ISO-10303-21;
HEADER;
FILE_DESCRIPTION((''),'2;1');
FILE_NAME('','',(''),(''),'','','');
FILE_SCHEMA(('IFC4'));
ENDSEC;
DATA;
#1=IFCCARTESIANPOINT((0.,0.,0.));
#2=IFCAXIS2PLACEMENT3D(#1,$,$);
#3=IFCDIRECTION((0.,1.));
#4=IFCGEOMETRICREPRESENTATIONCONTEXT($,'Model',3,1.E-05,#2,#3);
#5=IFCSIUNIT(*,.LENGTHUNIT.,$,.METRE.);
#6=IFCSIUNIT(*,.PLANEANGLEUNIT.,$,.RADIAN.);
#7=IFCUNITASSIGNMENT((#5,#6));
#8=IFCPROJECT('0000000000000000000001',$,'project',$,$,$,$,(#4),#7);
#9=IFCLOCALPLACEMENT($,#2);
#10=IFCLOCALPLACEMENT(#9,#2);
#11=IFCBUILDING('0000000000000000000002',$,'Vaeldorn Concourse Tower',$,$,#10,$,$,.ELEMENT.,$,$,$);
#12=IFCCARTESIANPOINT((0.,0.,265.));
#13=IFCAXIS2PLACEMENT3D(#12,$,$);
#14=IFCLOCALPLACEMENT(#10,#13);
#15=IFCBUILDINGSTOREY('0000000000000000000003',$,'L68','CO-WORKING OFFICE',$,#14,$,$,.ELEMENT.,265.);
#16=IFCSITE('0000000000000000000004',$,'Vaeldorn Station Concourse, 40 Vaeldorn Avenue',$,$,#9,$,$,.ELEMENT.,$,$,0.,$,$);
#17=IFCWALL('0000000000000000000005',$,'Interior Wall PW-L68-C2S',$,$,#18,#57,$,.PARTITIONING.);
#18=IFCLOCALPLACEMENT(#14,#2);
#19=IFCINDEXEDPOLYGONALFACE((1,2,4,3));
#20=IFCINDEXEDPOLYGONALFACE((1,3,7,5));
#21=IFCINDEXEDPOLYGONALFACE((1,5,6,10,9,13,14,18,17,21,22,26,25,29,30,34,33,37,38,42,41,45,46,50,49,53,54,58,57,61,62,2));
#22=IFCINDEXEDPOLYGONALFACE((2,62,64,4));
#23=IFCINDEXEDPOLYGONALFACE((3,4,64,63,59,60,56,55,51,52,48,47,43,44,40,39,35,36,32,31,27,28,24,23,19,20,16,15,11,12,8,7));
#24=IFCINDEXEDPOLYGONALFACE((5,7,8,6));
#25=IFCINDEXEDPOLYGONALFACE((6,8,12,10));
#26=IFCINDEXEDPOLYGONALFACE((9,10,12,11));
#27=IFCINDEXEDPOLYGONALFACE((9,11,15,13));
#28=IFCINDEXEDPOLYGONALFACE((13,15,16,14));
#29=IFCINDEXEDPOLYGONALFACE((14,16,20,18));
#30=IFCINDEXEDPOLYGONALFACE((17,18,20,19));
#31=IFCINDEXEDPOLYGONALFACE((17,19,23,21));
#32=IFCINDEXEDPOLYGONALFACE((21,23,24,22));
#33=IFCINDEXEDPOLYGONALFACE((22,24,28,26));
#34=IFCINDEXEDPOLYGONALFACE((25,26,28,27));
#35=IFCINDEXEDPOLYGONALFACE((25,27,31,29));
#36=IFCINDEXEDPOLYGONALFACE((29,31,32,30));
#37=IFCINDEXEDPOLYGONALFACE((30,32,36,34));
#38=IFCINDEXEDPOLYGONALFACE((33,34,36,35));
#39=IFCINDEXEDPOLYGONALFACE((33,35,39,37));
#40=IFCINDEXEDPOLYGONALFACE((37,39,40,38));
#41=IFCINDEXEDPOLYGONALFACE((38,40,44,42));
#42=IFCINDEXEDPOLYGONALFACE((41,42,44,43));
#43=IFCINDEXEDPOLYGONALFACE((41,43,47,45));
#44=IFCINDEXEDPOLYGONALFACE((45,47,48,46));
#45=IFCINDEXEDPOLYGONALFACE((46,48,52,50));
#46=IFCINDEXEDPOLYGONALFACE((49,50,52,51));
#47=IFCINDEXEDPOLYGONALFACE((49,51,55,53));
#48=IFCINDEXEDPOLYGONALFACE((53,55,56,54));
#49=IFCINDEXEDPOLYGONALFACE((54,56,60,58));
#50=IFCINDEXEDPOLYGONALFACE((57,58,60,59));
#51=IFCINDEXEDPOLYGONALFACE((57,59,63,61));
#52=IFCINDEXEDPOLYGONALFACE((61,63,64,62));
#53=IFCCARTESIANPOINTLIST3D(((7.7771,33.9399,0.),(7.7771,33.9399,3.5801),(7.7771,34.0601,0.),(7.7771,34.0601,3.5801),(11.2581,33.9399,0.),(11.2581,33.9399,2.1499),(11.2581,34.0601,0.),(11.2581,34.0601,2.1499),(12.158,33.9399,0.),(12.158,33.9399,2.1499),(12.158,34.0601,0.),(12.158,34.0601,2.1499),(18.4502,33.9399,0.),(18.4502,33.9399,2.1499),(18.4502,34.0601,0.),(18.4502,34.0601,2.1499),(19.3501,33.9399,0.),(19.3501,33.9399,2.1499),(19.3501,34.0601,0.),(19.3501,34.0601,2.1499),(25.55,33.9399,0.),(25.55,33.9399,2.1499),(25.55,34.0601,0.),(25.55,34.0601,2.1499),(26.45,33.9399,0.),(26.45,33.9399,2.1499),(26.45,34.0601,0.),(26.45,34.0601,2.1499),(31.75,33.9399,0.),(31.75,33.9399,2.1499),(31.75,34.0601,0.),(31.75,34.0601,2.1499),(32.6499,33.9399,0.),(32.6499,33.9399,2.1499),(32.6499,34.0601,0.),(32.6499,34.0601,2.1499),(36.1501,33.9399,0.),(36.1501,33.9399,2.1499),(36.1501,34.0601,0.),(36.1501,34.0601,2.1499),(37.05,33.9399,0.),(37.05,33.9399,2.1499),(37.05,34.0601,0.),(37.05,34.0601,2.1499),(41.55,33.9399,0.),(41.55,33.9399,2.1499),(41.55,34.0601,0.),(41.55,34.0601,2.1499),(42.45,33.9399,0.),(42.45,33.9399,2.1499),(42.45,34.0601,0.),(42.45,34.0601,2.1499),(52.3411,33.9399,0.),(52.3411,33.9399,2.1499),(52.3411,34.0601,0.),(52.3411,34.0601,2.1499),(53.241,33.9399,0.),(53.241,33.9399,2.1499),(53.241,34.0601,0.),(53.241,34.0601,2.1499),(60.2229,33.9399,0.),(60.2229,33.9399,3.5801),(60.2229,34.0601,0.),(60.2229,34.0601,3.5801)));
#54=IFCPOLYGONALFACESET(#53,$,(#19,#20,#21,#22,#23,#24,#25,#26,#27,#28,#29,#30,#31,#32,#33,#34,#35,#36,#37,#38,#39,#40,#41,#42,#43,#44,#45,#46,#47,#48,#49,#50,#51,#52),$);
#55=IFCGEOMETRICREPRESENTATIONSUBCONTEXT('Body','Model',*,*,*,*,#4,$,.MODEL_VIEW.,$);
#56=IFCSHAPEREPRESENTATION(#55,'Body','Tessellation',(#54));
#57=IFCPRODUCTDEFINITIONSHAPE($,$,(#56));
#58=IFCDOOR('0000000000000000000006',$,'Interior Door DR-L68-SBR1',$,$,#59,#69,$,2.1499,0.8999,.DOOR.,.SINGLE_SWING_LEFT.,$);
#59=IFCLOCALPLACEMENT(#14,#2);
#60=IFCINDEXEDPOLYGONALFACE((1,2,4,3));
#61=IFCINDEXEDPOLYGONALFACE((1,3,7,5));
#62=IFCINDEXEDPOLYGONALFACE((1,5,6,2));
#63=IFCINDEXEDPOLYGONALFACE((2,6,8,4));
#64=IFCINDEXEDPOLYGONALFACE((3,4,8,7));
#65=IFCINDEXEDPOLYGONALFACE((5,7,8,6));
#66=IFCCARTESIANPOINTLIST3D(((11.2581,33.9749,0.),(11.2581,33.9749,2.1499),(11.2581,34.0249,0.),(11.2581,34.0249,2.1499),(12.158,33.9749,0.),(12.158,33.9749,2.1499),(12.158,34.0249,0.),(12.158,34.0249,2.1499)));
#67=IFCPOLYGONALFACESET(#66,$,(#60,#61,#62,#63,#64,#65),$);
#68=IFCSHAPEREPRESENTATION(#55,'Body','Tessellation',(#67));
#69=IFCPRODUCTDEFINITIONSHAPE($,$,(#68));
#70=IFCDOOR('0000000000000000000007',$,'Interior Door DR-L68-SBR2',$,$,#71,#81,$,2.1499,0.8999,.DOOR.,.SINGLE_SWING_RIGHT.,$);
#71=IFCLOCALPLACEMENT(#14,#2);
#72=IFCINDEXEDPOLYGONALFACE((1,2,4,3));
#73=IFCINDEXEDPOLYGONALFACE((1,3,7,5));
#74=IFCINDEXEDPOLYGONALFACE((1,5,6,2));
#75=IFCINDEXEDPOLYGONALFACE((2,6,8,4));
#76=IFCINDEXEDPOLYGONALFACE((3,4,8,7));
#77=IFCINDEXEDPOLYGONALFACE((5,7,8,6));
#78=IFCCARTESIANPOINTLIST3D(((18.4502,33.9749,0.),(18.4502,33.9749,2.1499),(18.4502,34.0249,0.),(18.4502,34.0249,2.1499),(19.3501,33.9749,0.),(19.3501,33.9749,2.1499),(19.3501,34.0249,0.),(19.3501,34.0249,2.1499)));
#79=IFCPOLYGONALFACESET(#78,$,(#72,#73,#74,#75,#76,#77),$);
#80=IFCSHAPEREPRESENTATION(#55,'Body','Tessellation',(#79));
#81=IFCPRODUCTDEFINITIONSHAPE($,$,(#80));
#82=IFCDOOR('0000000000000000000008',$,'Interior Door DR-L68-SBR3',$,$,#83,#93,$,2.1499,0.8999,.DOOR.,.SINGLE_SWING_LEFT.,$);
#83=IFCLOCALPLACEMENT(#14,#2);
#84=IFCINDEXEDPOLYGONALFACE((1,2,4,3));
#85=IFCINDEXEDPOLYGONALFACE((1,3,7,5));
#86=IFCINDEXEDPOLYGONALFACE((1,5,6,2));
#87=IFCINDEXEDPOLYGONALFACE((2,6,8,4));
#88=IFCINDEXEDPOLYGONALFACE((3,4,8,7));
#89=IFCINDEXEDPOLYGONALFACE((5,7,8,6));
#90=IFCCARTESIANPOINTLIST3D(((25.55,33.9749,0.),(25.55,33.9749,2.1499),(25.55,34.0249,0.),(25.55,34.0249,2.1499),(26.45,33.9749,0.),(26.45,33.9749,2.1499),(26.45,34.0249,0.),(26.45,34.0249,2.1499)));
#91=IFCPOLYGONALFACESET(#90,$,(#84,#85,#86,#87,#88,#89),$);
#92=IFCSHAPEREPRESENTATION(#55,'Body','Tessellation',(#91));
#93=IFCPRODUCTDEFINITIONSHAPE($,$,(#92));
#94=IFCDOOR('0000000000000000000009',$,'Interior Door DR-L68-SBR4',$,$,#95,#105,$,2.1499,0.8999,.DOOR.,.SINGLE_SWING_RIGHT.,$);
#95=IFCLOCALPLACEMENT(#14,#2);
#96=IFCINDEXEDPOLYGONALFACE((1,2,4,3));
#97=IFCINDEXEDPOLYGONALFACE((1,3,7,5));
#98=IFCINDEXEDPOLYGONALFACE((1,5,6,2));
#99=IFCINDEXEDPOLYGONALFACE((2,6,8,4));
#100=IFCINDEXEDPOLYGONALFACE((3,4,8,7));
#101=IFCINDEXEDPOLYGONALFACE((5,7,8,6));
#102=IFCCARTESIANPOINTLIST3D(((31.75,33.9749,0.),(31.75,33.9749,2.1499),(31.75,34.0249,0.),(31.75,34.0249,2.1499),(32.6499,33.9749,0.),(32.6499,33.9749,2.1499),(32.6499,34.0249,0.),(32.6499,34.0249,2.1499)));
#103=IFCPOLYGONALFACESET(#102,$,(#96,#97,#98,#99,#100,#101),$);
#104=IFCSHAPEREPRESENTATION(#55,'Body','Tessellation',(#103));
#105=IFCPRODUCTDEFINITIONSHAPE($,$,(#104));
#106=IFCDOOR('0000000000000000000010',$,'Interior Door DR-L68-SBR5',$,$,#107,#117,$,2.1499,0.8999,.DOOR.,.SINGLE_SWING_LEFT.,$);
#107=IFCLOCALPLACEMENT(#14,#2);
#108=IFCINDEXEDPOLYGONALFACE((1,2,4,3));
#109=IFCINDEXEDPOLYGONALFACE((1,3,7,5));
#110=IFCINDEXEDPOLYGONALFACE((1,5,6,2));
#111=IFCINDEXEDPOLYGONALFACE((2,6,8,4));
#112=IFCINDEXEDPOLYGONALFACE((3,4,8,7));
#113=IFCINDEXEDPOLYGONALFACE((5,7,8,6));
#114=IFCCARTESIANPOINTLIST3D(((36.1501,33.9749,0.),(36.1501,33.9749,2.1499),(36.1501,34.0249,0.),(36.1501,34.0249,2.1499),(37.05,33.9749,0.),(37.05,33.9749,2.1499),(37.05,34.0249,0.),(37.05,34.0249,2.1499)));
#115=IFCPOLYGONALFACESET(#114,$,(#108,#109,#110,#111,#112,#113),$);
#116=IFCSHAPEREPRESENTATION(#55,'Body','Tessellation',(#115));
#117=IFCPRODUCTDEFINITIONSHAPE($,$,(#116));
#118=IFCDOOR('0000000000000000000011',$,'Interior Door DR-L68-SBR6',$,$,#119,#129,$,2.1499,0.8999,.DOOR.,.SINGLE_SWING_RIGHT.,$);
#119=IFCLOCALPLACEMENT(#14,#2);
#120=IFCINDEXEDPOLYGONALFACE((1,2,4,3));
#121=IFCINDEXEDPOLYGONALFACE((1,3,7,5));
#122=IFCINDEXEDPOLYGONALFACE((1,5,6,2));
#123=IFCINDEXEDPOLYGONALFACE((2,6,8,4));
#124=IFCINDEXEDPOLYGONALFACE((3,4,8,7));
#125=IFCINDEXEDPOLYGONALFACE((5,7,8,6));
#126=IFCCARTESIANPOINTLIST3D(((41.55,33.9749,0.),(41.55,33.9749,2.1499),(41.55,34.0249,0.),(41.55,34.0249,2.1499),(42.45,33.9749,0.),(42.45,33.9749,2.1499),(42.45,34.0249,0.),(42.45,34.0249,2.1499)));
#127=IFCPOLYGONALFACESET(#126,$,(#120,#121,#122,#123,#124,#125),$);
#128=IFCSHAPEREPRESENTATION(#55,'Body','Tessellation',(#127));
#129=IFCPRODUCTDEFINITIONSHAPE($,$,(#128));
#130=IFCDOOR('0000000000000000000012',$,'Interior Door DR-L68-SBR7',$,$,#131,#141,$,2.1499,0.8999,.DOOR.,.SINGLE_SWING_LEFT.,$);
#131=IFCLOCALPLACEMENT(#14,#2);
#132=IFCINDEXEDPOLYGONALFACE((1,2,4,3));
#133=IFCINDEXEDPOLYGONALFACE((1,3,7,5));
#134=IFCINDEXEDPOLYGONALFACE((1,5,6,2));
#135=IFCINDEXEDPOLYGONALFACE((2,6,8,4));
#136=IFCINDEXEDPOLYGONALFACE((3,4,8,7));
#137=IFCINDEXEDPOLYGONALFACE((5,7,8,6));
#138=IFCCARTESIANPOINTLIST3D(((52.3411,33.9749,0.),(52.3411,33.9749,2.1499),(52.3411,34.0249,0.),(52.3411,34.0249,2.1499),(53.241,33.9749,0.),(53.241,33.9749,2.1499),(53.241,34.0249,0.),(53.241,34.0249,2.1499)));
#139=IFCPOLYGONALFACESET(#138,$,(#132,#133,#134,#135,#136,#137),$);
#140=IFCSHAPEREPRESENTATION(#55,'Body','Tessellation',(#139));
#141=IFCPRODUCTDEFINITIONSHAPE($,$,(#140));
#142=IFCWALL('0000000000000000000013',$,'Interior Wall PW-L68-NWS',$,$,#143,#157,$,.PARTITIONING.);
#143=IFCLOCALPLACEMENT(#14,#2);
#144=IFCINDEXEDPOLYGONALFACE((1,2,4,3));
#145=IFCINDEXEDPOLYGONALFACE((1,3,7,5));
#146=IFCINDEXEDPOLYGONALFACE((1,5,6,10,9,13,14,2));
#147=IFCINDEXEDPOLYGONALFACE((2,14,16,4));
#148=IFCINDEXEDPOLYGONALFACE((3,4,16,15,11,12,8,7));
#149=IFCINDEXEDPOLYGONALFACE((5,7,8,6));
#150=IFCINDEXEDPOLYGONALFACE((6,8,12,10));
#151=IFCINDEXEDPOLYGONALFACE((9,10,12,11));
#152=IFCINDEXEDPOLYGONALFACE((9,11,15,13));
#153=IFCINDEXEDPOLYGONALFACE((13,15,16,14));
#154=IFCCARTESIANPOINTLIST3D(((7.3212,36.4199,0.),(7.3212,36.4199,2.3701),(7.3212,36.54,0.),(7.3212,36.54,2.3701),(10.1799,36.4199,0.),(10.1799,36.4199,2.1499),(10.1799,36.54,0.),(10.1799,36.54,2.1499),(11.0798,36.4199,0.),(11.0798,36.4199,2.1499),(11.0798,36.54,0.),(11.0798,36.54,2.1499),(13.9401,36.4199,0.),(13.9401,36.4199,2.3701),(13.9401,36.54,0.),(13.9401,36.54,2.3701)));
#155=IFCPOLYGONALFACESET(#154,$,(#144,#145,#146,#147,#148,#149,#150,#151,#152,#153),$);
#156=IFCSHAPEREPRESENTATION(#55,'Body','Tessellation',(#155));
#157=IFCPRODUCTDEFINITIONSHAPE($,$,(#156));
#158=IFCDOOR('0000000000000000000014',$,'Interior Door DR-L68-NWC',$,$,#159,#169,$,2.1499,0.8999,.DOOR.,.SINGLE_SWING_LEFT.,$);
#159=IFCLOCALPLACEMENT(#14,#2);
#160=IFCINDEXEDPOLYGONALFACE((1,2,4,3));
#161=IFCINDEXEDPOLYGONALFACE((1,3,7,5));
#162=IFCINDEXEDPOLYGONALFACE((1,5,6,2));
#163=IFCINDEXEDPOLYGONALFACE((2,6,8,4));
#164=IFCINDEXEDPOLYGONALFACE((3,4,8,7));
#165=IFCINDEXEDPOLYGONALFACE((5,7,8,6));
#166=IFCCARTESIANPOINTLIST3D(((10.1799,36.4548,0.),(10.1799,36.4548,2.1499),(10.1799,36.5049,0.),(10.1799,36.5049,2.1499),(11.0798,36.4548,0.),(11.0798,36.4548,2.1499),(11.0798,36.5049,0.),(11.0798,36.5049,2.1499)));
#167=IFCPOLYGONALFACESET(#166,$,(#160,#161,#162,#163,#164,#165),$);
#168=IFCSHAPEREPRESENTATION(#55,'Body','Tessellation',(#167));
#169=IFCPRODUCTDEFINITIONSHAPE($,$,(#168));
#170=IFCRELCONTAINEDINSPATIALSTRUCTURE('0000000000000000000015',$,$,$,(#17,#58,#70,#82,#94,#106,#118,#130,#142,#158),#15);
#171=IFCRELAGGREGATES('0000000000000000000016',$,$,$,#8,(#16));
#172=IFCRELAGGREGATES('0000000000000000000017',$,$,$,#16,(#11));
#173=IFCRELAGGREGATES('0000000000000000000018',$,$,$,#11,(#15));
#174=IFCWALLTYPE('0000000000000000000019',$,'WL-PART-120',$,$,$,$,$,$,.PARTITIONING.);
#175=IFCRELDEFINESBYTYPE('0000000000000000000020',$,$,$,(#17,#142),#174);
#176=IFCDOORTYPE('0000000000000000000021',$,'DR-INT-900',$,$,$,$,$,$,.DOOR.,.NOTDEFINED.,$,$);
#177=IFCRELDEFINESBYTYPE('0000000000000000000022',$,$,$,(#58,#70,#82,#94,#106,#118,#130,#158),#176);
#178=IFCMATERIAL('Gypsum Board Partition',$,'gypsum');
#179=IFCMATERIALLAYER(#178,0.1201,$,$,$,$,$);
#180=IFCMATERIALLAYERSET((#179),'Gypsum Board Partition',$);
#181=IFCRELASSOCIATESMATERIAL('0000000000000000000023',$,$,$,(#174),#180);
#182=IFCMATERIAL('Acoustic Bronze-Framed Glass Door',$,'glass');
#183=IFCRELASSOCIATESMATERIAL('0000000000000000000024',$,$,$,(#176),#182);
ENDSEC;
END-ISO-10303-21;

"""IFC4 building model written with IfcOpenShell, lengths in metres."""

from ifc_helpers import new_model, si_unit, direction, frame, frame_2d, origin, place, context, subcontext, project, spatial, rectangle, extrude, source, transform, mapped, material, layer, layer_set, type_object, element, fill, save


model = new_model("IFC4")

# Units and contexts
model_context = context("Model", 3, precision=1e-05, world=origin(), true_north=direction((0.0, 1.0)))
body_context = subcontext(model_context, "Body", "Model", "MODEL_VIEW")
ifc_project = project(units=[si_unit("LENGTHUNIT", "METRE"), si_unit("PLANEANGLEUNIT", "RADIAN")], contexts=[model_context])

# Site, building, storey
site_placement = place(None, origin())
site = spatial("IfcSite", under=ifc_project, at=site_placement, Name="Vaeldorn Station Concourse, 40 Vaeldorn Avenue", CompositionType="ELEMENT", RefElevation=0.0)
building_placement = place(site_placement, origin())
building = spatial("IfcBuilding", under=site, at=building_placement, Name="Vaeldorn Concourse Tower", CompositionType="ELEMENT")
storey_placement = place(building_placement, frame((0.0, 0.0, 265.0)))
storey = spatial("IfcBuildingStorey", under=building, at=storey_placement, Name="L68", Description="CO-WORKING OFFICE", CompositionType="ELEMENT", Elevation=265.0)

# Wall, openings, doors
ifc_material_1 = material(Name="Gypsum Board Partition", Category="gypsum")
ifc_layer_1 = layer(ifc_material_1, 0.1201)
ifc_layer_set_1 = layer_set([ifc_layer_1], Name="Gypsum Board Partition")
wall_type_1 = type_object("IfcWallType", Name="WL-PART-120", PredefinedType="PARTITIONING", material=ifc_layer_set_1)
wall_1_placement = place(storey_placement, frame((7.7771, 34.0, 0.0), z_axis=(0.0, 0.0, 1.0), x_axis=(1.0, 0.0, 0.0)))
wall_1 = element("IfcWall", 1, at=wall_1_placement, inside=storey, type_object=wall_type_1, Name="Interior Wall PW-L68-C2S", PredefinedType="PARTITIONING", context=body_context, shape_type="SweptSolid", body=[
    extrude(rectangle(XDim=52.4458, YDim=0.1201, at=frame_2d((26.2229, 0.0))), origin(), (0.0, 0.0, 1.0), 3.5801),
])
opening_1_placement = place(wall_1_placement, frame((3.481, 0.0, 0.0)))
opening_1 = element("IfcOpeningElement", 2, at=opening_1_placement, cuts=wall_1, PredefinedType="OPENING", context=body_context, shape_type="SweptSolid", body=[
    extrude(rectangle(XDim=0.8999, YDim=2.1499, at=frame_2d((0.45, 1.075))), frame((0.0, 0.0701, 0.0), z_axis=(0.0, -1.0, 0.0), x_axis=(1.0, 0.0, 0.0)), (0.0, 0.0, 1.0), 0.1401),
])
opening_2_placement = place(wall_1_placement, frame((10.6731, 0.0, 0.0)))
opening_2 = element("IfcOpeningElement", 3, at=opening_2_placement, cuts=wall_1, PredefinedType="OPENING", context=body_context, shape_type="SweptSolid", body=[
    extrude(rectangle(XDim=0.8999, YDim=2.1499, at=frame_2d((0.45, 1.075))), frame((0.0, 0.0701, 0.0), z_axis=(0.0, -1.0, 0.0), x_axis=(1.0, 0.0, 0.0)), (0.0, 0.0, 1.0), 0.1401),
])
opening_3_placement = place(wall_1_placement, frame((17.7729, 0.0, 0.0)))
opening_3 = element("IfcOpeningElement", 4, at=opening_3_placement, cuts=wall_1, PredefinedType="OPENING", context=body_context, shape_type="SweptSolid", body=[
    extrude(rectangle(XDim=0.8999, YDim=2.1499, at=frame_2d((0.45, 1.075))), frame((0.0, 0.0701, 0.0), z_axis=(0.0, -1.0, 0.0), x_axis=(1.0, 0.0, 0.0)), (0.0, 0.0, 1.0), 0.1401),
])
opening_4_placement = place(wall_1_placement, frame((23.9729, 0.0, 0.0)))
opening_4 = element("IfcOpeningElement", 5, at=opening_4_placement, cuts=wall_1, PredefinedType="OPENING", context=body_context, shape_type="SweptSolid", body=[
    extrude(rectangle(XDim=0.8999, YDim=2.1499, at=frame_2d((0.45, 1.075))), frame((0.0, 0.0701, 0.0), z_axis=(0.0, -1.0, 0.0), x_axis=(1.0, 0.0, 0.0)), (0.0, 0.0, 1.0), 0.1401),
])
opening_5_placement = place(wall_1_placement, frame((28.373, 0.0, 0.0)))
opening_5 = element("IfcOpeningElement", 6, at=opening_5_placement, cuts=wall_1, PredefinedType="OPENING", context=body_context, shape_type="SweptSolid", body=[
    extrude(rectangle(XDim=0.8999, YDim=2.1499, at=frame_2d((0.45, 1.075))), frame((0.0, 0.0701, 0.0), z_axis=(0.0, -1.0, 0.0), x_axis=(1.0, 0.0, 0.0)), (0.0, 0.0, 1.0), 0.1401),
])
opening_6_placement = place(wall_1_placement, frame((33.7729, 0.0, 0.0)))
opening_6 = element("IfcOpeningElement", 7, at=opening_6_placement, cuts=wall_1, PredefinedType="OPENING", context=body_context, shape_type="SweptSolid", body=[
    extrude(rectangle(XDim=0.8999, YDim=2.1499, at=frame_2d((0.45, 1.075))), frame((0.0, 0.0701, 0.0), z_axis=(0.0, -1.0, 0.0), x_axis=(1.0, 0.0, 0.0)), (0.0, 0.0, 1.0), 0.1401),
])
opening_7_placement = place(wall_1_placement, frame((44.564, 0.0, 0.0)))
opening_7 = element("IfcOpeningElement", 8, at=opening_7_placement, cuts=wall_1, PredefinedType="OPENING", context=body_context, shape_type="SweptSolid", body=[
    extrude(rectangle(XDim=0.8999, YDim=2.1499, at=frame_2d((0.45, 1.075))), frame((0.0, 0.0701, 0.0), z_axis=(0.0, -1.0, 0.0), x_axis=(1.0, 0.0, 0.0)), (0.0, 0.0, 1.0), 0.1401),
])
ifc_material_2 = material(Name="Acoustic Bronze-Framed Glass Door", Category="glass")
door_type = type_object("IfcDoorType", Name="DR-INT-900", OperationType="NOTDEFINED", PredefinedType="DOOR", material=ifc_material_2)
shared_shape_1 = source(origin(), body_context, "Body", "SweptSolid", [
    extrude(rectangle(XDim=0.8999, YDim=2.1499, at=frame_2d((0.45, 1.075))), frame((0.0, 0.0249, 0.0), z_axis=(0.0, -1.0, 0.0), x_axis=(1.0, 0.0, 0.0)), (0.0, 0.0, 1.0), 0.05),
])
door_1_placement = place(opening_1_placement, origin())
door_1 = element("IfcDoor", 9, at=door_1_placement, inside=storey, type_object=door_type, Name="Interior Door DR-L68-SBR1", OperationType="SINGLE_SWING_LEFT", OverallHeight=2.1499, OverallWidth=0.8999, PredefinedType="DOOR", context=body_context, shape_type="MappedRepresentation", body=[
    mapped(shared_shape_1, transform((0.0, 0.0, 0.0), scale=1.0)),
])
fill(opening_1, door_1)
door_2_placement = place(opening_2_placement, origin())
door_2 = element("IfcDoor", 10, at=door_2_placement, inside=storey, type_object=door_type, Name="Interior Door DR-L68-SBR2", OperationType="SINGLE_SWING_RIGHT", OverallHeight=2.1499, OverallWidth=0.8999, PredefinedType="DOOR", context=body_context, shape_type="MappedRepresentation", body=[
    mapped(shared_shape_1, transform((0.0, 0.0, 0.0), scale=1.0)),
])
fill(opening_2, door_2)
door_3_placement = place(opening_3_placement, origin())
door_3 = element("IfcDoor", 11, at=door_3_placement, inside=storey, type_object=door_type, Name="Interior Door DR-L68-SBR3", OperationType="SINGLE_SWING_LEFT", OverallHeight=2.1499, OverallWidth=0.8999, PredefinedType="DOOR", context=body_context, shape_type="MappedRepresentation", body=[
    mapped(shared_shape_1, transform((0.0, 0.0, 0.0), scale=1.0)),
])
fill(opening_3, door_3)
door_4_placement = place(opening_4_placement, origin())
door_4 = element("IfcDoor", 12, at=door_4_placement, inside=storey, type_object=door_type, Name="Interior Door DR-L68-SBR4", OperationType="SINGLE_SWING_RIGHT", OverallHeight=2.1499, OverallWidth=0.8999, PredefinedType="DOOR", context=body_context, shape_type="MappedRepresentation", body=[
    mapped(shared_shape_1, transform((0.0, 0.0, 0.0), scale=1.0)),
])
fill(opening_4, door_4)
door_5_placement = place(opening_5_placement, origin())
door_5 = element("IfcDoor", 13, at=door_5_placement, inside=storey, type_object=door_type, Name="Interior Door DR-L68-SBR5", OperationType="SINGLE_SWING_LEFT", OverallHeight=2.1499, OverallWidth=0.8999, PredefinedType="DOOR", context=body_context, shape_type="MappedRepresentation", body=[
    mapped(shared_shape_1, transform((0.0, 0.0, 0.0), scale=1.0)),
])
fill(opening_5, door_5)
door_6_placement = place(opening_6_placement, origin())
door_6 = element("IfcDoor", 14, at=door_6_placement, inside=storey, type_object=door_type, Name="Interior Door DR-L68-SBR6", OperationType="SINGLE_SWING_RIGHT", OverallHeight=2.1499, OverallWidth=0.8999, PredefinedType="DOOR", context=body_context, shape_type="MappedRepresentation", body=[
    mapped(shared_shape_1, transform((0.0, 0.0, 0.0), scale=1.0)),
])
fill(opening_6, door_6)
door_7_placement = place(opening_7_placement, origin())
door_7 = element("IfcDoor", 15, at=door_7_placement, inside=storey, type_object=door_type, Name="Interior Door DR-L68-SBR7", OperationType="SINGLE_SWING_LEFT", OverallHeight=2.1499, OverallWidth=0.8999, PredefinedType="DOOR", context=body_context, shape_type="MappedRepresentation", body=[
    mapped(shared_shape_1, transform((0.0, 0.0, 0.0), scale=1.0)),
])
fill(opening_7, door_7)

# Wall, opening, door
wall_2_placement = place(storey_placement, frame((7.321, 36.48, 0.0), z_axis=(0.0, 0.0, 1.0), x_axis=(1.0, 0.0, 0.0)))
wall_2 = element("IfcWall", 16, at=wall_2_placement, inside=storey, type_object=wall_type_1, Name="Interior Wall PW-L68-NWS", PredefinedType="PARTITIONING", context=body_context, shape_type="SweptSolid", body=[
    extrude(rectangle(XDim=6.6189, YDim=0.1201, at=frame_2d((3.3096, 0.0))), origin(), (0.0, 0.0, 1.0), 2.3701),
])
opening_8_placement = place(wall_2_placement, frame((2.8589, 0.0, 0.0)))
opening_8 = element("IfcOpeningElement", 17, at=opening_8_placement, cuts=wall_2, PredefinedType="OPENING", context=body_context, shape_type="SweptSolid", body=[
    extrude(rectangle(XDim=0.8999, YDim=2.1499, at=frame_2d((0.45, 1.075))), frame((0.0, 0.0701, 0.0), z_axis=(0.0, -1.0, 0.0), x_axis=(1.0, 0.0, 0.0)), (0.0, 0.0, 1.0), 0.1401),
])
door_8_placement = place(opening_8_placement, origin())
door_8 = element("IfcDoor", 18, at=door_8_placement, inside=storey, type_object=door_type, Name="Interior Door DR-L68-NWC", OperationType="SINGLE_SWING_LEFT", OverallHeight=2.1499, OverallWidth=0.8999, PredefinedType="DOOR", context=body_context, shape_type="MappedRepresentation", body=[
    mapped(shared_shape_1, transform((0.0, 0.0, 0.0), scale=1.0)),
])
fill(opening_8, door_8)

save(model, "model.ifc")
